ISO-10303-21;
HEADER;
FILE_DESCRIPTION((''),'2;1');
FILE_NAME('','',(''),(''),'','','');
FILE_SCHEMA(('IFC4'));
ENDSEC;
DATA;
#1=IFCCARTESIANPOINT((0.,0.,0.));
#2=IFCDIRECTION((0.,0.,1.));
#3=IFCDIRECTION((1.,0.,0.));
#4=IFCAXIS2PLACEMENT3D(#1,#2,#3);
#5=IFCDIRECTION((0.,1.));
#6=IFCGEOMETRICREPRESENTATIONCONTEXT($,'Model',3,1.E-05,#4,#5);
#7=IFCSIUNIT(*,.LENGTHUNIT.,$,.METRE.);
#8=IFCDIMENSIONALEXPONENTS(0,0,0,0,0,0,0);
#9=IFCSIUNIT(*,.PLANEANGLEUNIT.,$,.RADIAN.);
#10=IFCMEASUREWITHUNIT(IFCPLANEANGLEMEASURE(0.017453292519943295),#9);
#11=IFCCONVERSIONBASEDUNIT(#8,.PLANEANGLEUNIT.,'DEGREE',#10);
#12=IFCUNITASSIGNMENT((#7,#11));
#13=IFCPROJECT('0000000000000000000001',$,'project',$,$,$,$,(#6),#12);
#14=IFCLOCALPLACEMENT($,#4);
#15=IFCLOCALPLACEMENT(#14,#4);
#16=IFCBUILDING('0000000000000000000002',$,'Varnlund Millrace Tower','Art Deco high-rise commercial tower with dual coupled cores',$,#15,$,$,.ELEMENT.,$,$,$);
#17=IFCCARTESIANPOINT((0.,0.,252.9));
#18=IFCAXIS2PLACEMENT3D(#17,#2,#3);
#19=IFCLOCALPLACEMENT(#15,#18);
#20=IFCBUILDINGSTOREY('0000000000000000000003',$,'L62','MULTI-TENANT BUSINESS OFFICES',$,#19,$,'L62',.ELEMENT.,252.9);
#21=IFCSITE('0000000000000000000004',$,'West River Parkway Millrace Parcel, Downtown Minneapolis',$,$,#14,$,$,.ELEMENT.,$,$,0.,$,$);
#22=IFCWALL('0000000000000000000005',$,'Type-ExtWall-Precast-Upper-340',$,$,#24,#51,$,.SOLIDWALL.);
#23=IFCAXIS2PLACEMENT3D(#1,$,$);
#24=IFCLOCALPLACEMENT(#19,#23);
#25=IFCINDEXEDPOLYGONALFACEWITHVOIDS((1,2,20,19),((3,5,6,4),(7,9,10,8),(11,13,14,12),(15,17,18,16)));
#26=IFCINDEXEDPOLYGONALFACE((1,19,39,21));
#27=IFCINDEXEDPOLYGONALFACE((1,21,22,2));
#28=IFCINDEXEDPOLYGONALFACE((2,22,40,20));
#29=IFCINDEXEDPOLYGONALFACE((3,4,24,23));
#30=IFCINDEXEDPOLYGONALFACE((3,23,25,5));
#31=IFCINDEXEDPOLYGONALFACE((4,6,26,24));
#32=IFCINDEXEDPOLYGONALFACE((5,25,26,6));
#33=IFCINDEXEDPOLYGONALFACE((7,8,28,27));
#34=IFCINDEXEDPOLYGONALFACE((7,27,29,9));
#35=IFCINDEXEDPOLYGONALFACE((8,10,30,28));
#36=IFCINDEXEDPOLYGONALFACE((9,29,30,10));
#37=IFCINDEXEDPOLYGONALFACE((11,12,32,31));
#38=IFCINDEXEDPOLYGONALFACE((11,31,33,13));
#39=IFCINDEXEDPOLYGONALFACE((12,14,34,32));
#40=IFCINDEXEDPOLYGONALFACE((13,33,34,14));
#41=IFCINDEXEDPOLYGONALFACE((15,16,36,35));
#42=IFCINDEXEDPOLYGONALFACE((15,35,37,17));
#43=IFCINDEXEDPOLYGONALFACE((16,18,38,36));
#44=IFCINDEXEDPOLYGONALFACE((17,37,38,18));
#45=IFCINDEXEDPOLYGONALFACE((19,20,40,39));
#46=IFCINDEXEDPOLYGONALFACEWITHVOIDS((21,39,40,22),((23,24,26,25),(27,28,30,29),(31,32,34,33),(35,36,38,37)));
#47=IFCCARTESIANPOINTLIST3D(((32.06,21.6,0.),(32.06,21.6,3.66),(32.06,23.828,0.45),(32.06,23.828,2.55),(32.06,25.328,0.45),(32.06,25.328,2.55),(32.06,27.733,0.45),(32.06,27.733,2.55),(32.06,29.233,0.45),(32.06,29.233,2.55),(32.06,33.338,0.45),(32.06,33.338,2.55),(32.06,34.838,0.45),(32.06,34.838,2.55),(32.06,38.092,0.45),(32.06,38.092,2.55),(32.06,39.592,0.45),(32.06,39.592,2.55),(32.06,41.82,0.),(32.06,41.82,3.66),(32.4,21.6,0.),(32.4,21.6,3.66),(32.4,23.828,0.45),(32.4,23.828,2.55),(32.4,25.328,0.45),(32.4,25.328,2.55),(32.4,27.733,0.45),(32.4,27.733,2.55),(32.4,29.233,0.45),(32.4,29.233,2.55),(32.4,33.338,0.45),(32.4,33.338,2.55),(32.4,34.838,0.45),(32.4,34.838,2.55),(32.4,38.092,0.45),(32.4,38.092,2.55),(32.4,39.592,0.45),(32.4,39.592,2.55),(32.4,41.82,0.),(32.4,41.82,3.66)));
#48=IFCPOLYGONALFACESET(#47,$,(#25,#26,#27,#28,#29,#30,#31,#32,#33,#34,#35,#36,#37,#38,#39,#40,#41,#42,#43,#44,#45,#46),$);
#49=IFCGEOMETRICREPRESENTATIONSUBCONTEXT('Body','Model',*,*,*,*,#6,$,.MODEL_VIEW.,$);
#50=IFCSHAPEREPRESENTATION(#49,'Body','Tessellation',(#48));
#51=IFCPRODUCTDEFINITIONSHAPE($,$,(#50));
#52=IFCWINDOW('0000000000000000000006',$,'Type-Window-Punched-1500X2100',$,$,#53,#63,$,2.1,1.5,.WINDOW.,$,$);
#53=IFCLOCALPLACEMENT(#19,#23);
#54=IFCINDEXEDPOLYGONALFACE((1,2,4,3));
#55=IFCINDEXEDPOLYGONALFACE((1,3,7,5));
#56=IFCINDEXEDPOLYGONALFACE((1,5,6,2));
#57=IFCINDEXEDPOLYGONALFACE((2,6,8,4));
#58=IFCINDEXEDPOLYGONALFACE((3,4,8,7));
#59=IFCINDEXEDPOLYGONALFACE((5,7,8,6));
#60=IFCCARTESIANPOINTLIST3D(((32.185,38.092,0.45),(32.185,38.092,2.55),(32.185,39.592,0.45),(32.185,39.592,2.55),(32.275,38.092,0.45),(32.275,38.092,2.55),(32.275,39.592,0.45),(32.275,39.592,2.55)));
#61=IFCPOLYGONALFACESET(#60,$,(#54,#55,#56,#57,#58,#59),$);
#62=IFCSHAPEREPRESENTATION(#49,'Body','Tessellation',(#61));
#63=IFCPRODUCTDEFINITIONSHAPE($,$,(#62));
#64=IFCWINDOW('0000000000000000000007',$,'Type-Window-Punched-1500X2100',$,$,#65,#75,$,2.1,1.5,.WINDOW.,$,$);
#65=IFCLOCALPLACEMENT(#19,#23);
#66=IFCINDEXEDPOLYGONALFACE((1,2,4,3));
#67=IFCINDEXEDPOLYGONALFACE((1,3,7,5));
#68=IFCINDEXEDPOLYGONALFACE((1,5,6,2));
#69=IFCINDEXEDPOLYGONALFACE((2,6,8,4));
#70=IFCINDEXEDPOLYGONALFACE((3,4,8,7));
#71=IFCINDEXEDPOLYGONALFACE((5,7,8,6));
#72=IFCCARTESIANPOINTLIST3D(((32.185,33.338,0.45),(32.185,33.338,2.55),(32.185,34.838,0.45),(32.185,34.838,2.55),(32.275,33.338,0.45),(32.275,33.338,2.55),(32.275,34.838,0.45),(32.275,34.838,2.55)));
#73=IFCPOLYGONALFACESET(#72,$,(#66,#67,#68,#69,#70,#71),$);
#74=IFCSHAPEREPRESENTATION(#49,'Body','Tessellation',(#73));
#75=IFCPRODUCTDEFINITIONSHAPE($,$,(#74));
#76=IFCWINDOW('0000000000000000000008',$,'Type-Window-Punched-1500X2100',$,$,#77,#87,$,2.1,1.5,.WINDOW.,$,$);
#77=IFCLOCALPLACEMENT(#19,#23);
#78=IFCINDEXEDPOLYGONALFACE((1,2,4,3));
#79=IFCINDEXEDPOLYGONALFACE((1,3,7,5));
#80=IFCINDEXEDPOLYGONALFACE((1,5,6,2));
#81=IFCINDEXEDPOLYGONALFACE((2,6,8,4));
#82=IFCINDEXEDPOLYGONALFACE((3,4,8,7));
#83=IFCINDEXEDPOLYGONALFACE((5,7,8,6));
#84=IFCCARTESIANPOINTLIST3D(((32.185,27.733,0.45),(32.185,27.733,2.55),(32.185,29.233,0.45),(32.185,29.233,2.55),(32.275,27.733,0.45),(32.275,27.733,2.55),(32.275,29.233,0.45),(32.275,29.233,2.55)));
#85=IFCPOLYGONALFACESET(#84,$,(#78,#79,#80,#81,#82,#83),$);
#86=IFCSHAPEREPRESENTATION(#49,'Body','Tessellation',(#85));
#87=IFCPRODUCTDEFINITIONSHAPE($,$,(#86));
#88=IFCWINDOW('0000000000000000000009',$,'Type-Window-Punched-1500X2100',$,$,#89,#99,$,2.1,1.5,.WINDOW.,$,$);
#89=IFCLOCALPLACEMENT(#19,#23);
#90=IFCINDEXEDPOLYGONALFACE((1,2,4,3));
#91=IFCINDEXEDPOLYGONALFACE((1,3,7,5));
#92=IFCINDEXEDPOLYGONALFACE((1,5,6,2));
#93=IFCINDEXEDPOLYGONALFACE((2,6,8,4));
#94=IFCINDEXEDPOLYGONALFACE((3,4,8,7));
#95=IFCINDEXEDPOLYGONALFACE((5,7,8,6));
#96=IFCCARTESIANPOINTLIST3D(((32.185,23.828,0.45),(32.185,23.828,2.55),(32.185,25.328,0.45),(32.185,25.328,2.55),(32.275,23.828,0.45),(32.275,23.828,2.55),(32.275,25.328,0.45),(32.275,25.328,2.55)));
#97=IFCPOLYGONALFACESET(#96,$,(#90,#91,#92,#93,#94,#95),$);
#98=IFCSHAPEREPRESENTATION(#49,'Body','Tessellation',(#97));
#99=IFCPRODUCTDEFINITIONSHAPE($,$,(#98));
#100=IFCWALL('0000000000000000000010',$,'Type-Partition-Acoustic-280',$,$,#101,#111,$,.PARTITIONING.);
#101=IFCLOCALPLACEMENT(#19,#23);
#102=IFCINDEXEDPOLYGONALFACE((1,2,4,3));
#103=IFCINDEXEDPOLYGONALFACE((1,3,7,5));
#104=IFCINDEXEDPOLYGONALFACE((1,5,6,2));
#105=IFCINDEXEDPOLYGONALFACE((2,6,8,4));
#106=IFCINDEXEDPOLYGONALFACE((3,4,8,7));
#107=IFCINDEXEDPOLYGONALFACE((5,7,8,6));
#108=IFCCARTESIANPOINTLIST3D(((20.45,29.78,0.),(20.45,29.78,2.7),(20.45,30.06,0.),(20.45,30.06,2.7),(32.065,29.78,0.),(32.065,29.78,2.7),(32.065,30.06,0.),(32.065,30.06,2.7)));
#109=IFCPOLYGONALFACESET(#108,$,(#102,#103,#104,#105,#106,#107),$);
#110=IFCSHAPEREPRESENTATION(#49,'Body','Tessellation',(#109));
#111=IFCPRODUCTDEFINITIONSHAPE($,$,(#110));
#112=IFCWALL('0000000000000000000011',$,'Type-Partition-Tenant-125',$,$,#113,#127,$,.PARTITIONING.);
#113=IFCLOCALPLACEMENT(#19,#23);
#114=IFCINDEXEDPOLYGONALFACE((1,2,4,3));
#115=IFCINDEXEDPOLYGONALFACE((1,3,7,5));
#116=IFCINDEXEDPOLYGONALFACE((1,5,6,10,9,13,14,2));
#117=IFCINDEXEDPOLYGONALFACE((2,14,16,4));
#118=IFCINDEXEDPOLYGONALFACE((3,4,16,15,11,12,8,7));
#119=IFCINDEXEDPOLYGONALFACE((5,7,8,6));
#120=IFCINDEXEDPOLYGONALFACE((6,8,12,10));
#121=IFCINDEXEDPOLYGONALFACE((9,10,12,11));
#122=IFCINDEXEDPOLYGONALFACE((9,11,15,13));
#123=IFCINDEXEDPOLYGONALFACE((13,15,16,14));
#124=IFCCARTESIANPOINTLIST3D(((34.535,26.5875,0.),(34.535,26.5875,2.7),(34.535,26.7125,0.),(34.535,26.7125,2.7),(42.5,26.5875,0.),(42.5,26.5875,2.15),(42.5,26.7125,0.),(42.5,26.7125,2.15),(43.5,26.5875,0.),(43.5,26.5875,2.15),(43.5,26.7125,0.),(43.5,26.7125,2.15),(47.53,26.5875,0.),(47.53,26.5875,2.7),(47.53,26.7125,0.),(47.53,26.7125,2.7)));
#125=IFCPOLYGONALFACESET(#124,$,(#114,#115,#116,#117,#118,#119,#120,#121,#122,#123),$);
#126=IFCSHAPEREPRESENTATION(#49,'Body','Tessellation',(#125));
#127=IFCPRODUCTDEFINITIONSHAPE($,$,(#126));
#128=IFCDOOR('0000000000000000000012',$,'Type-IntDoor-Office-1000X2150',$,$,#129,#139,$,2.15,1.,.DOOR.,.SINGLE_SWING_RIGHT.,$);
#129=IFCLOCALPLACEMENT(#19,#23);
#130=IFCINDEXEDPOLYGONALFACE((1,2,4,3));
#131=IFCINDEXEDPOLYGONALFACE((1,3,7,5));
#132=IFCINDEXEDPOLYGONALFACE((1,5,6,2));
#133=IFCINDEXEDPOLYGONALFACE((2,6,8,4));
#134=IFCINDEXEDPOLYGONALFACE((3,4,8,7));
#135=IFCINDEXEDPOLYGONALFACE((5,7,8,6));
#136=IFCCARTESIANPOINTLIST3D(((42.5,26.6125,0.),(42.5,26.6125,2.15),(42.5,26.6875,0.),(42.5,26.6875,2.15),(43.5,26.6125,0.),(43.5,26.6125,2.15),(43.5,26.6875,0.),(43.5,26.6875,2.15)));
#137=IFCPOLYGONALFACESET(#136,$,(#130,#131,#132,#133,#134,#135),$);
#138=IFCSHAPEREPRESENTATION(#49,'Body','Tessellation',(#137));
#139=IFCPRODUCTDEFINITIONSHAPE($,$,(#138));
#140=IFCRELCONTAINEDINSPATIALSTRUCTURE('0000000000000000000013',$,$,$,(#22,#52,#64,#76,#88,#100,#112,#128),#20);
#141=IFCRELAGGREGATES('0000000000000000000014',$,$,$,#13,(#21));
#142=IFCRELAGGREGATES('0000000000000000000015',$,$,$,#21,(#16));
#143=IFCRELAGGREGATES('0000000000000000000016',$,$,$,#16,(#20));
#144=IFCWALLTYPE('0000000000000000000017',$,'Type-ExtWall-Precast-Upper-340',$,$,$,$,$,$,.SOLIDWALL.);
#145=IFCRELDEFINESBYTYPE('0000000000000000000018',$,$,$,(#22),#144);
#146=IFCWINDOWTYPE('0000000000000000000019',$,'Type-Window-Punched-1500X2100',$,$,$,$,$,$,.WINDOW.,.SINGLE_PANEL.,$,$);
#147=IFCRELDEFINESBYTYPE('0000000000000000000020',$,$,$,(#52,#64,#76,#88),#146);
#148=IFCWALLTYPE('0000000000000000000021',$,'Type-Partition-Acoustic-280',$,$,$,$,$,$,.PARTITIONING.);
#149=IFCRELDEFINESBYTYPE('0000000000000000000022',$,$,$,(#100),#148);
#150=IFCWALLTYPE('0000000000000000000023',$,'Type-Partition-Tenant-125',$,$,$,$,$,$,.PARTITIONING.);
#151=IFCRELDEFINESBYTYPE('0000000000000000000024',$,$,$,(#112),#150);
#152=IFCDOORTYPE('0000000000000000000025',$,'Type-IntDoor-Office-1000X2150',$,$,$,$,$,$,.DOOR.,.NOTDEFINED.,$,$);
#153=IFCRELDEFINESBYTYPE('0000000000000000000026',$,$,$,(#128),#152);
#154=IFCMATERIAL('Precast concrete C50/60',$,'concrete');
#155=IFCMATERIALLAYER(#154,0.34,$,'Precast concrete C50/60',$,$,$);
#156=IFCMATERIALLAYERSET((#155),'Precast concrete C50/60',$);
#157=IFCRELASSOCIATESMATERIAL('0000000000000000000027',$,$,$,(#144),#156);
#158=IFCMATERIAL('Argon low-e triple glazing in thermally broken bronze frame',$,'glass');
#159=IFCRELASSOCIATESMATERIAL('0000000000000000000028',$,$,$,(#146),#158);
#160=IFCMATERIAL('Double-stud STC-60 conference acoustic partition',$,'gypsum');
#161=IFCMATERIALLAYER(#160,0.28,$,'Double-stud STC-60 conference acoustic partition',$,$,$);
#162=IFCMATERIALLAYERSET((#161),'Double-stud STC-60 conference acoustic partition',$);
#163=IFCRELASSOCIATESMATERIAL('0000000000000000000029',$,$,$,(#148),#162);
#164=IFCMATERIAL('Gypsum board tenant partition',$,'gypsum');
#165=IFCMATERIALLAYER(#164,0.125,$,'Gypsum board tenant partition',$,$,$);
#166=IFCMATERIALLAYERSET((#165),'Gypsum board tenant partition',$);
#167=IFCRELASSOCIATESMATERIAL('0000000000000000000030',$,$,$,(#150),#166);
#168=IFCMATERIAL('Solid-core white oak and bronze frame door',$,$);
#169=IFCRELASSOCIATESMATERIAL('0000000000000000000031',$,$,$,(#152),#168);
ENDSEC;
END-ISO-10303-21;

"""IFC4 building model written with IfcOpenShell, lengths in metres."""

from ifc_helpers import new_model, entity, si_unit, converted_unit, direction, frame, origin_with_axes, origin_2d_with_axis, place, context, subcontext, project, spatial, polyline, rectangle, outline, extrude, material, layer, layer_set, type_object, element, fill, save


model = new_model("IFC4")

# Units and contexts
model_context = context("Model", 3, precision=1e-05, world=origin_with_axes(), true_north=direction((0.0, 1.0)))
body_context = subcontext(model_context, "Body", "Model", "MODEL_VIEW")
ifc_project = project(units=[si_unit("LENGTHUNIT", "METRE"), converted_unit("PLANEANGLEUNIT", "DEGREE", entity("IfcPlaneAngleMeasure", 0.017453292519943295), si_unit("PLANEANGLEUNIT", "RADIAN"), dimensions=[0, 0, 0, 0, 0, 0, 0])], contexts=[model_context])

# Site, building, storey
site_placement = place(None, origin_with_axes())
site = spatial("IfcSite", under=ifc_project, at=site_placement, Name="West River Parkway Millrace Parcel, Downtown Minneapolis", CompositionType="ELEMENT", RefElevation=0.0)
building_placement = place(site_placement, origin_with_axes())
building = spatial("IfcBuilding", under=site, at=building_placement, Name="Varnlund Millrace Tower", Description="Art Deco high-rise commercial tower with dual coupled cores", CompositionType="ELEMENT")
storey_placement = place(building_placement, frame((0.0, 0.0, 252.9), z_axis=(0.0, 0.0, 1.0), x_axis=(1.0, 0.0, 0.0)))
storey = spatial("IfcBuildingStorey", under=building, at=storey_placement, Name="L62", Description="MULTI-TENANT BUSINESS OFFICES", LongName="L62", CompositionType="ELEMENT", Elevation=252.9)

# Shared definitions
ifc_material_1 = material(Name="Precast concrete C50/60", Category="concrete")
ifc_layer_1 = layer(ifc_material_1, 0.34, Name="Precast concrete C50/60")
ifc_layer_set_1 = layer_set([ifc_layer_1], Name="Precast concrete C50/60")
wall_type_1 = type_object("IfcWallType", Name="Type-ExtWall-Precast-Upper-340", PredefinedType="SOLIDWALL", material=ifc_layer_set_1)
ifc_material_2 = material(Name="Argon low-e triple glazing in thermally broken bronze frame", Category="glass")
window_type = type_object("IfcWindowType", Name="Type-Window-Punched-1500X2100", PartitioningType="SINGLE_PANEL", PredefinedType="WINDOW", material=ifc_material_2)

# Wall, openings, windows
wall_1_placement = place(storey_placement, frame((32.23, 41.82, 0.0), z_axis=(0.0, 0.0, 1.0), x_axis=(0.0, -1.0, 0.0)))
wall_1 = element("IfcWall", 1, at=wall_1_placement, inside=storey, type_object=wall_type_1, Name="Type-ExtWall-Precast-Upper-340", PredefinedType="SOLIDWALL", context=body_context, shape_type="SweptSolid", body=[
    extrude(outline(polyline([(0.0, -0.17), (20.22, -0.17), (20.22, 0.17), (0.0, 0.17), (0.0, -0.17)])), origin_with_axes(), (0.0, 0.0, 1.0), 3.66),
])
opening_1_placement = place(wall_1_placement, frame((2.978, 0.0, 0.45), z_axis=(0.0, 0.0, 1.0), x_axis=(1.0, 0.0, 0.0)))
opening_1 = element("IfcOpeningElement", 2, at=opening_1_placement, cuts=wall_1, PredefinedType="OPENING", context=body_context, shape_type="SweptSolid", body=[
    extrude(rectangle(XDim=1.5, YDim=0.36, at=origin_2d_with_axis()), origin_with_axes(), (0.0, 0.0, 1.0), 2.1),
])
opening_2_placement = place(wall_1_placement, frame((7.732, 0.0, 0.45), z_axis=(0.0, 0.0, 1.0), x_axis=(1.0, 0.0, 0.0)))
opening_2 = element("IfcOpeningElement", 3, at=opening_2_placement, cuts=wall_1, PredefinedType="OPENING", context=body_context, shape_type="SweptSolid", body=[
    extrude(rectangle(XDim=1.5, YDim=0.36, at=origin_2d_with_axis()), origin_with_axes(), (0.0, 0.0, 1.0), 2.1),
])
opening_3_placement = place(wall_1_placement, frame((13.337, 0.0, 0.45), z_axis=(0.0, 0.0, 1.0), x_axis=(1.0, 0.0, 0.0)))
opening_3 = element("IfcOpeningElement", 4, at=opening_3_placement, cuts=wall_1, PredefinedType="OPENING", context=body_context, shape_type="SweptSolid", body=[
    extrude(rectangle(XDim=1.5, YDim=0.36, at=origin_2d_with_axis()), origin_with_axes(), (0.0, 0.0, 1.0), 2.1),
])
opening_4_placement = place(wall_1_placement, frame((17.242, 0.0, 0.45), z_axis=(0.0, 0.0, 1.0), x_axis=(1.0, 0.0, 0.0)))
opening_4 = element("IfcOpeningElement", 5, at=opening_4_placement, cuts=wall_1, PredefinedType="OPENING", context=body_context, shape_type="SweptSolid", body=[
    extrude(rectangle(XDim=1.5, YDim=0.36, at=origin_2d_with_axis()), origin_with_axes(), (0.0, 0.0, 1.0), 2.1),
])
window_1_placement = place(wall_1_placement, frame((2.978, 0.0, 0.45), z_axis=(0.0, 0.0, 1.0), x_axis=(1.0, 0.0, 0.0)))
window_1 = element("IfcWindow", 6, at=window_1_placement, inside=storey, type_object=window_type, Name="Type-Window-Punched-1500X2100", OverallHeight=2.1, OverallWidth=1.5, PredefinedType="WINDOW", context=body_context, shape_type="SweptSolid", body=[
    extrude(rectangle(XDim=1.5, YDim=0.09, at=origin_2d_with_axis()), origin_with_axes(), (0.0, 0.0, 1.0), 2.1),
])
fill(opening_1, window_1)
window_2_placement = place(wall_1_placement, frame((7.732, 0.0, 0.45), z_axis=(0.0, 0.0, 1.0), x_axis=(1.0, 0.0, 0.0)))
window_2 = element("IfcWindow", 7, at=window_2_placement, inside=storey, type_object=window_type, Name="Type-Window-Punched-1500X2100", OverallHeight=2.1, OverallWidth=1.5, PredefinedType="WINDOW", context=body_context, shape_type="SweptSolid", body=[
    extrude(rectangle(XDim=1.5, YDim=0.09, at=origin_2d_with_axis()), origin_with_axes(), (0.0, 0.0, 1.0), 2.1),
])
fill(opening_2, window_2)
window_3_placement = place(wall_1_placement, frame((13.337, 0.0, 0.45), z_axis=(0.0, 0.0, 1.0), x_axis=(1.0, 0.0, 0.0)))
window_3 = element("IfcWindow", 8, at=window_3_placement, inside=storey, type_object=window_type, Name="Type-Window-Punched-1500X2100", OverallHeight=2.1, OverallWidth=1.5, PredefinedType="WINDOW", context=body_context, shape_type="SweptSolid", body=[
    extrude(rectangle(XDim=1.5, YDim=0.09, at=origin_2d_with_axis()), origin_with_axes(), (0.0, 0.0, 1.0), 2.1),
])
fill(opening_3, window_3)
window_4_placement = place(wall_1_placement, frame((17.242, 0.0, 0.45), z_axis=(0.0, 0.0, 1.0), x_axis=(1.0, 0.0, 0.0)))
window_4 = element("IfcWindow", 9, at=window_4_placement, inside=storey, type_object=window_type, Name="Type-Window-Punched-1500X2100", OverallHeight=2.1, OverallWidth=1.5, PredefinedType="WINDOW", context=body_context, shape_type="SweptSolid", body=[
    extrude(rectangle(XDim=1.5, YDim=0.09, at=origin_2d_with_axis()), origin_with_axes(), (0.0, 0.0, 1.0), 2.1),
])
fill(opening_4, window_4)

# Wall
ifc_material_3 = material(Name="Double-stud STC-60 conference acoustic partition", Category="gypsum")
ifc_layer_2 = layer(ifc_material_3, 0.28, Name="Double-stud STC-60 conference acoustic partition")
ifc_layer_set_2 = layer_set([ifc_layer_2], Name="Double-stud STC-60 conference acoustic partition")
wall_type_2 = type_object("IfcWallType", Name="Type-Partition-Acoustic-280", PredefinedType="PARTITIONING", material=ifc_layer_set_2)
wall_2_placement = place(storey_placement, frame((20.45, 29.92, 0.0), z_axis=(0.0, 0.0, 1.0), x_axis=(1.0, 0.0, 0.0)))
element("IfcWall", 10, at=wall_2_placement, inside=storey, type_object=wall_type_2, Name="Type-Partition-Acoustic-280", PredefinedType="PARTITIONING", context=body_context, shape_type="SweptSolid", body=[
    extrude(outline(polyline([(0.0, -0.14), (11.615, -0.14), (11.615, 0.14), (0.0, 0.14), (0.0, -0.14)])), origin_with_axes(), (0.0, 0.0, 1.0), 2.7),
])

# Wall, opening, door
ifc_material_4 = material(Name="Gypsum board tenant partition", Category="gypsum")
ifc_layer_3 = layer(ifc_material_4, 0.125, Name="Gypsum board tenant partition")
ifc_layer_set_3 = layer_set([ifc_layer_3], Name="Gypsum board tenant partition")
wall_type_3 = type_object("IfcWallType", Name="Type-Partition-Tenant-125", PredefinedType="PARTITIONING", material=ifc_layer_set_3)
wall_3_placement = place(storey_placement, frame((34.535, 26.65, 0.0), z_axis=(0.0, 0.0, 1.0), x_axis=(1.0, 0.0, 0.0)))
wall_3 = element("IfcWall", 11, at=wall_3_placement, inside=storey, type_object=wall_type_3, Name="Type-Partition-Tenant-125", PredefinedType="PARTITIONING", context=body_context, shape_type="SweptSolid", body=[
    extrude(outline(polyline([(0.0, -0.0625), (12.995, -0.0625), (12.995, 0.0625), (0.0, 0.0625), (0.0, -0.0625)])), origin_with_axes(), (0.0, 0.0, 1.0), 2.7),
])
opening_5_placement = place(wall_3_placement, frame((8.465, 0.0, 0.0), z_axis=(0.0, 0.0, 1.0), x_axis=(1.0, 0.0, 0.0)))
opening_5 = element("IfcOpeningElement", 12, at=opening_5_placement, cuts=wall_3, PredefinedType="OPENING", context=body_context, shape_type="SweptSolid", body=[
    extrude(rectangle(XDim=1.0, YDim=0.145, at=origin_2d_with_axis()), origin_with_axes(), (0.0, 0.0, 1.0), 2.15),
])
ifc_material_5 = material(Name="Solid-core white oak and bronze frame door")
door_type = type_object("IfcDoorType", Name="Type-IntDoor-Office-1000X2150", OperationType="NOTDEFINED", PredefinedType="DOOR", material=ifc_material_5)
door_placement = place(wall_3_placement, frame((8.465, 0.0, 0.0), z_axis=(0.0, 0.0, 1.0), x_axis=(1.0, 0.0, 0.0)))
door = element("IfcDoor", 13, at=door_placement, inside=storey, type_object=door_type, Name="Type-IntDoor-Office-1000X2150", OperationType="SINGLE_SWING_RIGHT", OverallHeight=2.15, OverallWidth=1.0, PredefinedType="DOOR", context=body_context, shape_type="SweptSolid", body=[
    extrude(rectangle(XDim=1.0, YDim=0.075, at=origin_2d_with_axis()), origin_with_axes(), (0.0, 0.0, 1.0), 2.15),
])
fill(opening_5, door)

save(model, "model.ifc")
